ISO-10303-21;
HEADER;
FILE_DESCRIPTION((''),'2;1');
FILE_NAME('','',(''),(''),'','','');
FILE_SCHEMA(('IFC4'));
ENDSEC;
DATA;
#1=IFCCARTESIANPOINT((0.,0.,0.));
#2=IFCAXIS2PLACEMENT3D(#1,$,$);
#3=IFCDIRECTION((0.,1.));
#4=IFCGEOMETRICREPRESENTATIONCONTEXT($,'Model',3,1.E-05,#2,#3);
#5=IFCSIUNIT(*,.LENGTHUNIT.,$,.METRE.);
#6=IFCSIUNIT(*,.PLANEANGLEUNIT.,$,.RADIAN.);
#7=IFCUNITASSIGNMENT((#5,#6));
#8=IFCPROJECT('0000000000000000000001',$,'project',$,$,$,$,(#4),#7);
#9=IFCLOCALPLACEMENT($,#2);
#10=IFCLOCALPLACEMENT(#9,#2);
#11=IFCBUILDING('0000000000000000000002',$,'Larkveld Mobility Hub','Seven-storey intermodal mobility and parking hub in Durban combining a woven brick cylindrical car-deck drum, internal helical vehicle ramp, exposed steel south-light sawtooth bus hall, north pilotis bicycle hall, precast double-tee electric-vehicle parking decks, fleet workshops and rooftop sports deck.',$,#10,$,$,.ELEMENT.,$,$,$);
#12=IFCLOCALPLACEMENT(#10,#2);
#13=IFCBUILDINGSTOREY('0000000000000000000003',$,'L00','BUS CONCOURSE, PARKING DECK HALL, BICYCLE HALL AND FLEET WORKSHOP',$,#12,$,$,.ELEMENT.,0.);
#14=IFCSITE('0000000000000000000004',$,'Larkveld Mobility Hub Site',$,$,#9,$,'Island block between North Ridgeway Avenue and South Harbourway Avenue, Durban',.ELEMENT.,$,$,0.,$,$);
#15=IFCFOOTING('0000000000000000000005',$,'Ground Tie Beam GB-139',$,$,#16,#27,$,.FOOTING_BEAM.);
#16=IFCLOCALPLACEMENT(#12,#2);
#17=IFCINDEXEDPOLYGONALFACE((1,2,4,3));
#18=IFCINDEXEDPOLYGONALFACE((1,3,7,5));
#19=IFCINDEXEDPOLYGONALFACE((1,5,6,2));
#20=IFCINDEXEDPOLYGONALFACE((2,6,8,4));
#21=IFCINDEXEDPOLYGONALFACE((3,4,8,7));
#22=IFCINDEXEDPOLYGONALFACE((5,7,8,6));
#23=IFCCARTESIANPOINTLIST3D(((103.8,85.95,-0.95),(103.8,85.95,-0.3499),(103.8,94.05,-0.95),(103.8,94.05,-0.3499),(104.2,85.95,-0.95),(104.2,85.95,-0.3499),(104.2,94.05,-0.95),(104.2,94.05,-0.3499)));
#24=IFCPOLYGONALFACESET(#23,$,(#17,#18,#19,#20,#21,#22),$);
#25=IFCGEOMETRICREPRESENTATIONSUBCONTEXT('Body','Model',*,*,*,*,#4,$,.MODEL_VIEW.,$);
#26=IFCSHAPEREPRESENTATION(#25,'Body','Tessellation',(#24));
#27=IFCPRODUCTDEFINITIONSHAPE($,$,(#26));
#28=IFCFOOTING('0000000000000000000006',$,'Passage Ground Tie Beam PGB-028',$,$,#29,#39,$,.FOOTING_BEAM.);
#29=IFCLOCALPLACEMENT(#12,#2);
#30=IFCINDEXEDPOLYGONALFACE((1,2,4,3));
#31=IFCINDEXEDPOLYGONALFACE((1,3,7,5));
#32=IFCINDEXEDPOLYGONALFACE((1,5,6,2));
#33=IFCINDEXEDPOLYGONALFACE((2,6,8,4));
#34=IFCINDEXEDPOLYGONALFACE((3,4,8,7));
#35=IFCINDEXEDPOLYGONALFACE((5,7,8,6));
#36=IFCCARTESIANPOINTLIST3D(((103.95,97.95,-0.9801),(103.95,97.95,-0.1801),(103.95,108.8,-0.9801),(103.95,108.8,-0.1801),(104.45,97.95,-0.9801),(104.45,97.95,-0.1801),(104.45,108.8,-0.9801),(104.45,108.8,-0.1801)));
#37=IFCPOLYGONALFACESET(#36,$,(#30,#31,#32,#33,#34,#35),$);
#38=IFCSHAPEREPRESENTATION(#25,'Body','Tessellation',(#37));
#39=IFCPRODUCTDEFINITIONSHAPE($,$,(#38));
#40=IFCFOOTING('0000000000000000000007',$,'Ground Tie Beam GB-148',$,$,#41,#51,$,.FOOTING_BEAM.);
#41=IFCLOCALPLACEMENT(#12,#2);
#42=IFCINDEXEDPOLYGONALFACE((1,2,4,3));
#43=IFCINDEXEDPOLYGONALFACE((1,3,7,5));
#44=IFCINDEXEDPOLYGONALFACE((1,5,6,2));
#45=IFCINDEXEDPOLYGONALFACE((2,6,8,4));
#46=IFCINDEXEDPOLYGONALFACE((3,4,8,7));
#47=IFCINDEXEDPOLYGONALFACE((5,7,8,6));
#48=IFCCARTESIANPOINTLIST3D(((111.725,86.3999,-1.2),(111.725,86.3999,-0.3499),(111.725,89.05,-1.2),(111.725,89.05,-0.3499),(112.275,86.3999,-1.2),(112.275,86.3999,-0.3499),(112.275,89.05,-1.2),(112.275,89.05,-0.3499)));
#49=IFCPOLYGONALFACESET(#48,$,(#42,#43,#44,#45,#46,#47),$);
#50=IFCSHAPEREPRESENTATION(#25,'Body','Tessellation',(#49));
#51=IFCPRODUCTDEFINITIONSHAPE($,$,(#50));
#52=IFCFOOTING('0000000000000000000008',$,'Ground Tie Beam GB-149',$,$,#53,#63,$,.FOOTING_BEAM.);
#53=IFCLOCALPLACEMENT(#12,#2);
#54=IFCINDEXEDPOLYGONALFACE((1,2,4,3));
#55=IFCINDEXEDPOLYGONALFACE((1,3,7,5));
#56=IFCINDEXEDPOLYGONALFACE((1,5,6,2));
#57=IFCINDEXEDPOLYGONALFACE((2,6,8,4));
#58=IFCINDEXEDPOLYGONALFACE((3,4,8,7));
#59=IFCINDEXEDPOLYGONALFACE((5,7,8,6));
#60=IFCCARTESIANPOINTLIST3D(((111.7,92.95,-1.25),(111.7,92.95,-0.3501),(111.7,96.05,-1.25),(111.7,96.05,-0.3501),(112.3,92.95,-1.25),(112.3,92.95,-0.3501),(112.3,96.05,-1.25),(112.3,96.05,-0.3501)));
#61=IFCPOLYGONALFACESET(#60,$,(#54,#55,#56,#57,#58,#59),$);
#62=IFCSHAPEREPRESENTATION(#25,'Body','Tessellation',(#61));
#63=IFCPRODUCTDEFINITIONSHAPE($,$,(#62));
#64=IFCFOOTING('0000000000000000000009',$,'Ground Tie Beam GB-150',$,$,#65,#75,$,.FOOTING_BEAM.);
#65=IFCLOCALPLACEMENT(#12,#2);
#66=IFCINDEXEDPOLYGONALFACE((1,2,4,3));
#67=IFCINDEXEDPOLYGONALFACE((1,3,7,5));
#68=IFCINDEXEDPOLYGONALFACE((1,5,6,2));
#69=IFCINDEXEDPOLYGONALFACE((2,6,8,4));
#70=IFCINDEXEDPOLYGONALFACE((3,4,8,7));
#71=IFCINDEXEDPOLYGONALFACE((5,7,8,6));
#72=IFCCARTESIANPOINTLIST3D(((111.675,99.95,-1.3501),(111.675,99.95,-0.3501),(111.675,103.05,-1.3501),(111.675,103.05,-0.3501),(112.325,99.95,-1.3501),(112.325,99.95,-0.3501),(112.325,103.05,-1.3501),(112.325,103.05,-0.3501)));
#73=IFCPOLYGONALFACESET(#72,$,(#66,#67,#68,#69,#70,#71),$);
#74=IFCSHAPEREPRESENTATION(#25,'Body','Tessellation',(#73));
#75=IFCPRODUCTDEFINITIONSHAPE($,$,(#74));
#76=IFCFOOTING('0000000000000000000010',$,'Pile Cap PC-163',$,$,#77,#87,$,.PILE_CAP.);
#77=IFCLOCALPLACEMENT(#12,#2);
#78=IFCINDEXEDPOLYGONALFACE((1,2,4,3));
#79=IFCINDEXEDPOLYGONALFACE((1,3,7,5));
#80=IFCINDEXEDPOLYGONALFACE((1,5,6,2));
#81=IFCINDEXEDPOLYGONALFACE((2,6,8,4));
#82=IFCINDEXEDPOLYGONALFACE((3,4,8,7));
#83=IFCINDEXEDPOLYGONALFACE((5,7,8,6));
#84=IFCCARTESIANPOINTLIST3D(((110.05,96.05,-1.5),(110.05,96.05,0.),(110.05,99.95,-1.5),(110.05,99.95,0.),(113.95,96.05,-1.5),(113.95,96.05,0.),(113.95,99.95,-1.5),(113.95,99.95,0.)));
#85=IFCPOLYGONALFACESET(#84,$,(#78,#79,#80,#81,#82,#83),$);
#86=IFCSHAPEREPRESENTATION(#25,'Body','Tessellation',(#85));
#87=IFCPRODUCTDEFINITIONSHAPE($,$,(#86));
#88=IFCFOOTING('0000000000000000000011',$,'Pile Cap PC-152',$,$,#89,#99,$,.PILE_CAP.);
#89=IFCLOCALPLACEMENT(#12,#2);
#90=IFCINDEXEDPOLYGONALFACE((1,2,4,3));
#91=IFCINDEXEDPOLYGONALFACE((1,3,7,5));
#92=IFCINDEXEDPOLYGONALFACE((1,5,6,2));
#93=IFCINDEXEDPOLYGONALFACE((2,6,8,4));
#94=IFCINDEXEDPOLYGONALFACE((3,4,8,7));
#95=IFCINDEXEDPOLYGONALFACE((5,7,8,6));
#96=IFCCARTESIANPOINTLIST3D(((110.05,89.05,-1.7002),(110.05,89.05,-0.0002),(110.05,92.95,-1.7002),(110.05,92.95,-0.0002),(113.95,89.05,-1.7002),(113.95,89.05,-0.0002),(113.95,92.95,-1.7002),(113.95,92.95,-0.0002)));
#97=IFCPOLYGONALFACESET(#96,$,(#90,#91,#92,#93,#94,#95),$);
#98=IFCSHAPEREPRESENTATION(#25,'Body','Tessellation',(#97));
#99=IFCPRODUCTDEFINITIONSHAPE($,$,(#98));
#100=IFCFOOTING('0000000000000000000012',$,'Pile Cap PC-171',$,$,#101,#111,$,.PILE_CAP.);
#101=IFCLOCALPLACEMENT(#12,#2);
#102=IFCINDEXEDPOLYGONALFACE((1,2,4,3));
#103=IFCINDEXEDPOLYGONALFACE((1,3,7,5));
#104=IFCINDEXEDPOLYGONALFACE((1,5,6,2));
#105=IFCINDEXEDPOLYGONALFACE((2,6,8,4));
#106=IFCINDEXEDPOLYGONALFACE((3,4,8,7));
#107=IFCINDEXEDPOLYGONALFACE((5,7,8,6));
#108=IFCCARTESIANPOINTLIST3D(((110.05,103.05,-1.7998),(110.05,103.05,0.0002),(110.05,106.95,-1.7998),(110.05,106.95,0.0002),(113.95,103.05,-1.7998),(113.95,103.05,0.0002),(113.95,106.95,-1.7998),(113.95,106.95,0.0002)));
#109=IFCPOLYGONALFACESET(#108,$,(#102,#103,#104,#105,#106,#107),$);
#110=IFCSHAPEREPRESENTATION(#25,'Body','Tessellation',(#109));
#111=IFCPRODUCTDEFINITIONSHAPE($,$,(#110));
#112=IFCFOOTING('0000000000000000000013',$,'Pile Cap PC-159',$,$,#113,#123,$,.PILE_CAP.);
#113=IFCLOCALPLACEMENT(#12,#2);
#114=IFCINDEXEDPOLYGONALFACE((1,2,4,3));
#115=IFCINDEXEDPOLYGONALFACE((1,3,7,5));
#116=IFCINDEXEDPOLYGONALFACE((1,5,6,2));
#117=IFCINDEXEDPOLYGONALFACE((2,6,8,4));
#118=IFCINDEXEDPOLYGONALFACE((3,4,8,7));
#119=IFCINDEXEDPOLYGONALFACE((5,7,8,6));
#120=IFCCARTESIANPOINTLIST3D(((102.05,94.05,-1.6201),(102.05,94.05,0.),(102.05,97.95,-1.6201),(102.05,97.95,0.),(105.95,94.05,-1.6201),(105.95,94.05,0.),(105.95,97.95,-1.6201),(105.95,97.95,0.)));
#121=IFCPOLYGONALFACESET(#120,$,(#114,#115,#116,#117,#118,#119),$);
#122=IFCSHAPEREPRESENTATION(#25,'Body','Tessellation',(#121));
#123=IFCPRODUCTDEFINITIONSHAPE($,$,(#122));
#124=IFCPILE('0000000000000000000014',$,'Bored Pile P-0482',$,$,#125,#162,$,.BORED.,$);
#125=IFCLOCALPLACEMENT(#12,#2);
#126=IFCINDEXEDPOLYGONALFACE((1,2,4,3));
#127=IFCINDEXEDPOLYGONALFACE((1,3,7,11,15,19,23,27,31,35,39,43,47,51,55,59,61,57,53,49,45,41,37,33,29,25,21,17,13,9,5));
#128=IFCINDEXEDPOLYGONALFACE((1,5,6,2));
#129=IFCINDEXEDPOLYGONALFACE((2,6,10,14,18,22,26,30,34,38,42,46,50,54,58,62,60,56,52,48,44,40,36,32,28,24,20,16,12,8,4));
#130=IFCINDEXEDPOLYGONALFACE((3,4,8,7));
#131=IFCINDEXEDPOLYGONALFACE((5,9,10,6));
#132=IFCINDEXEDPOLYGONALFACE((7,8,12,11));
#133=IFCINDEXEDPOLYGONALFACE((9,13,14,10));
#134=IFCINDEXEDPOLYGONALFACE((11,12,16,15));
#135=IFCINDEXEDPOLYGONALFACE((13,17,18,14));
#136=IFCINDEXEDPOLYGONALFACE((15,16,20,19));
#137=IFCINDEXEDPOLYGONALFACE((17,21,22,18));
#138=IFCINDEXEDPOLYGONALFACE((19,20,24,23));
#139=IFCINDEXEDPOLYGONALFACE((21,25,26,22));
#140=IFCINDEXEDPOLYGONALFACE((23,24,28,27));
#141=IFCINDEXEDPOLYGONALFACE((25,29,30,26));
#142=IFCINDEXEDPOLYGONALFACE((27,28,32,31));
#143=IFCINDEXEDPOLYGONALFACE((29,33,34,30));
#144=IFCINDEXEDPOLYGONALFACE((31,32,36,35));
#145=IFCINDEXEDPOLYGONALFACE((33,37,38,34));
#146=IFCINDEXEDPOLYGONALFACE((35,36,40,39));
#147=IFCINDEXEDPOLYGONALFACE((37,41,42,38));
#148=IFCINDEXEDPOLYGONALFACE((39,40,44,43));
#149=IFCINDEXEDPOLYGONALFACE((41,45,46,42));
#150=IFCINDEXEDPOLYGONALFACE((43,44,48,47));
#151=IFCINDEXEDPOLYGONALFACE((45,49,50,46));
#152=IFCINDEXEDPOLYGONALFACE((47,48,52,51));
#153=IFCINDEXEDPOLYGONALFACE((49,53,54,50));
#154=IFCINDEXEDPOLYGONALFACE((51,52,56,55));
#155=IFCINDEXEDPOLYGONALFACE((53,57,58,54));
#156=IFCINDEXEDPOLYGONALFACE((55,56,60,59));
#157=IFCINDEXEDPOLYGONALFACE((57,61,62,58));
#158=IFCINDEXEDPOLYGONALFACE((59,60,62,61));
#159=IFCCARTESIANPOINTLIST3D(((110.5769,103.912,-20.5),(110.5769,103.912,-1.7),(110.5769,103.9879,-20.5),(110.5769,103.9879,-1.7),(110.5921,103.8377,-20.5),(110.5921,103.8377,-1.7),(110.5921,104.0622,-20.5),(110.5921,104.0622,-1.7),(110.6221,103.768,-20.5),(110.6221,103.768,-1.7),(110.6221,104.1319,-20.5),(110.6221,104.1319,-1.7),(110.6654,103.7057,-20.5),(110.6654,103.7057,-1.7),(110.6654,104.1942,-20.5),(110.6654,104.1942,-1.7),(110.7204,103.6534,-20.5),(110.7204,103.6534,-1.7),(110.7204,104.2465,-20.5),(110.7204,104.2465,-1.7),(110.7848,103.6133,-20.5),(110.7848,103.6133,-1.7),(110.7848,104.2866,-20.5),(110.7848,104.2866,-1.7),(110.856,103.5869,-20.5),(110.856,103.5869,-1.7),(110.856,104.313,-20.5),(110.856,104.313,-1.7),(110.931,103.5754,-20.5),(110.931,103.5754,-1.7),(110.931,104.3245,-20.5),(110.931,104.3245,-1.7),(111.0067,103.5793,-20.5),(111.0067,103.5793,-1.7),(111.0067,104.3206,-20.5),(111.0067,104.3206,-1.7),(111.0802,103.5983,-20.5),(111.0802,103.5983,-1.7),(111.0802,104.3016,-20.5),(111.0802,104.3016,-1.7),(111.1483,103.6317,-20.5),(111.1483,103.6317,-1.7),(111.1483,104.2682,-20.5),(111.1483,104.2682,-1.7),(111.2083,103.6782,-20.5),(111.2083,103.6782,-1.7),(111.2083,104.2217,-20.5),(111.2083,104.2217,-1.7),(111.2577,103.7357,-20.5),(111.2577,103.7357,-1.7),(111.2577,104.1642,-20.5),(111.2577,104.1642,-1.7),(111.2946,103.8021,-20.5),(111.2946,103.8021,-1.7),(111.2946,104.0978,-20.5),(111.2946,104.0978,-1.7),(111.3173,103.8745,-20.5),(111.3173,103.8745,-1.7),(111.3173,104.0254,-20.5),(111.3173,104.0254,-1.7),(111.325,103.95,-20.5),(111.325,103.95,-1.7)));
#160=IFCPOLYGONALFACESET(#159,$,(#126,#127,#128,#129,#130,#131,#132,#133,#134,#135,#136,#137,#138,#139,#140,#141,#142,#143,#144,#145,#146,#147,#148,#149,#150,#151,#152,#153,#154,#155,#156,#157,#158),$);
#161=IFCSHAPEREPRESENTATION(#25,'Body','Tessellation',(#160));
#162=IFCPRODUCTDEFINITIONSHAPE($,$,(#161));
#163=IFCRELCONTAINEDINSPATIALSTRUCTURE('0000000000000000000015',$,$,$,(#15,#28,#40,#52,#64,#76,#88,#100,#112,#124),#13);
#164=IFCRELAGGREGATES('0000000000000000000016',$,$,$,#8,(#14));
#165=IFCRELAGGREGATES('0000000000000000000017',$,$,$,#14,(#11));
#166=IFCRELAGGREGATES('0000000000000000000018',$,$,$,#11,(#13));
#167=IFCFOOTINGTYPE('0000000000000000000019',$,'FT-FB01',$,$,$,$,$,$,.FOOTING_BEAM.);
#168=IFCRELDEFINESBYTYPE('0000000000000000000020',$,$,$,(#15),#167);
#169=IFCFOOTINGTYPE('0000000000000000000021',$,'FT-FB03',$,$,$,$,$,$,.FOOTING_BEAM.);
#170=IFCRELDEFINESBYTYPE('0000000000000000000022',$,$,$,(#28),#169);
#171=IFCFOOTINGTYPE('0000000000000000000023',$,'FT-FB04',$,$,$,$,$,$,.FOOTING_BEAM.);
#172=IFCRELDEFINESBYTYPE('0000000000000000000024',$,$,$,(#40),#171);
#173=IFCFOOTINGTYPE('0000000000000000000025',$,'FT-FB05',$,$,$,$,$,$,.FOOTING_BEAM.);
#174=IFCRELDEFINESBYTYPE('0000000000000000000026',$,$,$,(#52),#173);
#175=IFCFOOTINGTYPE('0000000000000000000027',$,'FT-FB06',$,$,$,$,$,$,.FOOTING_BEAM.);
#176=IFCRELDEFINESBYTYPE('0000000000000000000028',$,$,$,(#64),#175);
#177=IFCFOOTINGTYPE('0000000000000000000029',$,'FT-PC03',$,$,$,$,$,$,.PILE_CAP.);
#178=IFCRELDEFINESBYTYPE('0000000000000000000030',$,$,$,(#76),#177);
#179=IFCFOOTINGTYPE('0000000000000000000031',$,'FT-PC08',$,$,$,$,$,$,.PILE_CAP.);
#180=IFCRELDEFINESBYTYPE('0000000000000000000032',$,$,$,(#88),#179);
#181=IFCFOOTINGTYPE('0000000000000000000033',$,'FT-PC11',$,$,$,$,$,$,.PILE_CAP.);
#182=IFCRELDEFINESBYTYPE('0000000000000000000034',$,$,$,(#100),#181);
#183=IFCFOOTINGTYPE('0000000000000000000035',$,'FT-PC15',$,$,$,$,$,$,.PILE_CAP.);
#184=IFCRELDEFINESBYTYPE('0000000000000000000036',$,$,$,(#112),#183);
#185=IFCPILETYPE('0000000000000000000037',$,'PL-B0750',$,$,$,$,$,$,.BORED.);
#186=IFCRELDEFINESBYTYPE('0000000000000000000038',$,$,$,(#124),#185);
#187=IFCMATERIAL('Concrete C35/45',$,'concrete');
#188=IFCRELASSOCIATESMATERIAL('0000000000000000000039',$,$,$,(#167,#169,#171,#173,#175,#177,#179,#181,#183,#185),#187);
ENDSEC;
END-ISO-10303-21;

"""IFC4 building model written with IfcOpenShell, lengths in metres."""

from ifc_helpers import new_model, si_unit, direction, frame, origin, origin_2d, place, context, subcontext, project, spatial, rectangle, circle, extrude, material, material_profile, profile_set, type_object, element, save


model = new_model("IFC4")

# Units and contexts
model_context = context("Model", 3, precision=1e-05, world=origin(), true_north=direction((0.0, 1.0)))
body_context = subcontext(model_context, "Body", "Model", "MODEL_VIEW")
ifc_project = project(units=[si_unit("LENGTHUNIT", "METRE"), si_unit("PLANEANGLEUNIT", "RADIAN")], contexts=[model_context])

# Site, building, storey
site_placement = place(None, origin())
site = spatial("IfcSite", under=ifc_project, at=site_placement, Name="Larkveld Mobility Hub Site", LongName="Island block between North Ridgeway Avenue and South Harbourway Avenue, Durban", CompositionType="ELEMENT", RefElevation=0.0)
building_placement = place(site_placement, origin())
building = spatial("IfcBuilding", under=site, at=building_placement, Name="Larkveld Mobility Hub", Description="Seven-storey intermodal mobility and parking hub in Durban combining a woven brick cylindrical car-deck drum, internal helical vehicle ramp, exposed steel south-light sawtooth bus hall, north pilotis bicycle hall, precast double-tee electric-vehicle parking decks, fleet workshops and rooftop sports deck.", CompositionType="ELEMENT")
storey_placement = place(building_placement, origin())
storey = spatial("IfcBuildingStorey", under=building, at=storey_placement, Name="L00", Description="BUS CONCOURSE, PARKING DECK HALL, BICYCLE HALL AND FLEET WORKSHOP", CompositionType="ELEMENT", Elevation=0.0)

# Footings
ifc_material_1 = material(Name="Concrete C35/45", Category="concrete")
ifc_material_profile_1 = material_profile(ifc_material_1, rectangle(XDim=0.3999, YDim=0.6001, at=origin_2d()), Name="RC BM 400x600")
ifc_profile_set_1 = profile_set([ifc_material_profile_1], Name="Concrete C35/45")
footing_type_1 = type_object("IfcFootingType", Name="FT-FB01", PredefinedType="FOOTING_BEAM", material=ifc_profile_set_1)
footing_1_placement = place(storey_placement, frame((104.0, 85.95, -0.6499), z_axis=(0.0, 1.0, 0.0), x_axis=(-1.0, 0.0, 0.0)))
element("IfcFooting", 1, at=footing_1_placement, inside=storey, type_object=footing_type_1, Name="Ground Tie Beam GB-139", PredefinedType="FOOTING_BEAM", context=body_context, shape_type="SweptSolid", body=[
    extrude(rectangle(XDim=0.3999, YDim=0.6001, at=origin_2d()), origin(), (0.0, 0.0, 1.0), 8.1001),
])
ifc_material_profile_2 = material_profile(ifc_material_1, rectangle(XDim=0.5, YDim=0.8, at=origin_2d()), Name="RC BM 500x800")
ifc_profile_set_2 = profile_set([ifc_material_profile_2], Name="Concrete C35/45")
footing_type_2 = type_object("IfcFootingType", Name="FT-FB03", PredefinedType="FOOTING_BEAM", material=ifc_profile_set_2)
footing_2_placement = place(storey_placement, frame((104.2, 97.95, -0.5801), z_axis=(0.0, 1.0, 0.0), x_axis=(-1.0, 0.0, 0.0)))
element("IfcFooting", 2, at=footing_2_placement, inside=storey, type_object=footing_type_2, Name="Passage Ground Tie Beam PGB-028", PredefinedType="FOOTING_BEAM", context=body_context, shape_type="SweptSolid", body=[
    extrude(rectangle(XDim=0.5, YDim=0.8, at=origin_2d()), origin(), (0.0, 0.0, 1.0), 10.8501),
])
ifc_material_profile_3 = material_profile(ifc_material_1, rectangle(XDim=0.55, YDim=0.8501, at=origin_2d()), Name="RC BM 550x850")
ifc_profile_set_3 = profile_set([ifc_material_profile_3], Name="Concrete C35/45")
footing_type_3 = type_object("IfcFootingType", Name="FT-FB04", PredefinedType="FOOTING_BEAM", material=ifc_profile_set_3)
footing_3_placement = place(storey_placement, frame((112.0, 86.3999, -0.7749), z_axis=(0.0, 1.0, 0.0), x_axis=(-1.0, 0.0, 0.0)))
element("IfcFooting", 3, at=footing_3_placement, inside=storey, type_object=footing_type_3, Name="Ground Tie Beam GB-148", PredefinedType="FOOTING_BEAM", context=body_context, shape_type="SweptSolid", body=[
    extrude(rectangle(XDim=0.55, YDim=0.8501, at=origin_2d()), origin(), (0.0, 0.0, 1.0), 2.6501),
])
ifc_material_profile_4 = material_profile(ifc_material_1, rectangle(XDim=0.6001, YDim=0.8999, at=origin_2d()), Name="RC BM 600x900")
ifc_profile_set_4 = profile_set([ifc_material_profile_4], Name="Concrete C35/45")
footing_type_4 = type_object("IfcFootingType", Name="FT-FB05", PredefinedType="FOOTING_BEAM", material=ifc_profile_set_4)
footing_4_placement = place(storey_placement, frame((112.0, 92.95, -0.8), z_axis=(0.0, 1.0, 0.0), x_axis=(-1.0, 0.0, 0.0)))
element("IfcFooting", 4, at=footing_4_placement, inside=storey, type_object=footing_type_4, Name="Ground Tie Beam GB-149", PredefinedType="FOOTING_BEAM", context=body_context, shape_type="SweptSolid", body=[
    extrude(rectangle(XDim=0.6001, YDim=0.8999, at=origin_2d()), origin(), (0.0, 0.0, 1.0), 3.1001),
])
ifc_material_profile_5 = material_profile(ifc_material_1, rectangle(XDim=0.6499, YDim=1.0, at=origin_2d()), Name="RC BM 650x1000")
ifc_profile_set_5 = profile_set([ifc_material_profile_5], Name="Concrete C35/45")
footing_type_5 = type_object("IfcFootingType", Name="FT-FB06", PredefinedType="FOOTING_BEAM", material=ifc_profile_set_5)
footing_5_placement = place(storey_placement, frame((112.0, 99.95, -0.8501), z_axis=(0.0, 1.0, 0.0), x_axis=(-1.0, 0.0, 0.0)))
element("IfcFooting", 5, at=footing_5_placement, inside=storey, type_object=footing_type_5, Name="Ground Tie Beam GB-150", PredefinedType="FOOTING_BEAM", context=body_context, shape_type="SweptSolid", body=[
    extrude(rectangle(XDim=0.6499, YDim=1.0, at=origin_2d()), origin(), (0.0, 0.0, 1.0), 3.1001),
])
footing_type_6 = type_object("IfcFootingType", Name="FT-PC03", PredefinedType="PILE_CAP", material=ifc_material_1)
footing_6_placement = place(storey_placement, frame((112.0, 98.0, -1.5), z_axis=(0.0, 0.0, 1.0), x_axis=(1.0, 0.0, 0.0)))
element("IfcFooting", 6, at=footing_6_placement, inside=storey, type_object=footing_type_6, Name="Pile Cap PC-163", PredefinedType="PILE_CAP", context=body_context, shape_type="SweptSolid", body=[
    extrude(rectangle(XDim=3.8999, YDim=3.8999, at=origin_2d()), origin(), (0.0, 0.0, 1.0), 1.5),
])
footing_type_7 = type_object("IfcFootingType", Name="FT-PC08", PredefinedType="PILE_CAP", material=ifc_material_1)
footing_7_placement = place(storey_placement, frame((112.0, 91.0, -1.7002), z_axis=(0.0, 0.0, 1.0), x_axis=(1.0, 0.0, 0.0)))
element("IfcFooting", 7, at=footing_7_placement, inside=storey, type_object=footing_type_7, Name="Pile Cap PC-152", PredefinedType="PILE_CAP", context=body_context, shape_type="SweptSolid", body=[
    extrude(rectangle(XDim=3.8999, YDim=3.8999, at=origin_2d()), origin(), (0.0, 0.0, 1.0), 1.7),
])
footing_type_8 = type_object("IfcFootingType", Name="FT-PC11", PredefinedType="PILE_CAP", material=ifc_material_1)
footing_8_placement = place(storey_placement, frame((112.0, 105.0, -1.7998), z_axis=(0.0, 0.0, 1.0), x_axis=(1.0, 0.0, 0.0)))
element("IfcFooting", 8, at=footing_8_placement, inside=storey, type_object=footing_type_8, Name="Pile Cap PC-171", PredefinedType="PILE_CAP", context=body_context, shape_type="SweptSolid", body=[
    extrude(rectangle(XDim=3.8999, YDim=3.8999, at=origin_2d()), origin(), (0.0, 0.0, 1.0), 1.8),
])
footing_type_9 = type_object("IfcFootingType", Name="FT-PC15", PredefinedType="PILE_CAP", material=ifc_material_1)
footing_9_placement = place(storey_placement, frame((104.0, 96.0, -1.6201), z_axis=(0.0, 0.0, 1.0), x_axis=(1.0, 0.0, 0.0)))
element("IfcFooting", 9, at=footing_9_placement, inside=storey, type_object=footing_type_9, Name="Pile Cap PC-159", PredefinedType="PILE_CAP", context=body_context, shape_type="SweptSolid", body=[
    extrude(rectangle(XDim=3.8999, YDim=3.8999, at=origin_2d()), origin(), (0.0, 0.0, 1.0), 1.6201),
])

# Pile
ifc_material_profile_6 = material_profile(ifc_material_1, circle(Radius=0.375, at=origin_2d()), Name="PILE D750")
ifc_profile_set_6 = profile_set([ifc_material_profile_6], Name="Concrete C35/45")
pile_type_1 = type_object("IfcPileType", Name="PL-B0750", PredefinedType="BORED", material=ifc_profile_set_6)
pile_1_placement = place(storey_placement, frame((110.95, 103.95, -1.7), z_axis=(0.0, 0.0, -1.0), x_axis=(1.0, 0.0, 0.0)))
element("IfcPile", 10, at=pile_1_placement, inside=storey, type_object=pile_type_1, Name="Bored Pile P-0482", PredefinedType="BORED", context=body_context, shape_type="SweptSolid", body=[
    extrude(circle(Radius=0.375, at=origin_2d()), origin(), (0.0, 0.0, 1.0), 18.8),
])

save(model, "model.ifc")
